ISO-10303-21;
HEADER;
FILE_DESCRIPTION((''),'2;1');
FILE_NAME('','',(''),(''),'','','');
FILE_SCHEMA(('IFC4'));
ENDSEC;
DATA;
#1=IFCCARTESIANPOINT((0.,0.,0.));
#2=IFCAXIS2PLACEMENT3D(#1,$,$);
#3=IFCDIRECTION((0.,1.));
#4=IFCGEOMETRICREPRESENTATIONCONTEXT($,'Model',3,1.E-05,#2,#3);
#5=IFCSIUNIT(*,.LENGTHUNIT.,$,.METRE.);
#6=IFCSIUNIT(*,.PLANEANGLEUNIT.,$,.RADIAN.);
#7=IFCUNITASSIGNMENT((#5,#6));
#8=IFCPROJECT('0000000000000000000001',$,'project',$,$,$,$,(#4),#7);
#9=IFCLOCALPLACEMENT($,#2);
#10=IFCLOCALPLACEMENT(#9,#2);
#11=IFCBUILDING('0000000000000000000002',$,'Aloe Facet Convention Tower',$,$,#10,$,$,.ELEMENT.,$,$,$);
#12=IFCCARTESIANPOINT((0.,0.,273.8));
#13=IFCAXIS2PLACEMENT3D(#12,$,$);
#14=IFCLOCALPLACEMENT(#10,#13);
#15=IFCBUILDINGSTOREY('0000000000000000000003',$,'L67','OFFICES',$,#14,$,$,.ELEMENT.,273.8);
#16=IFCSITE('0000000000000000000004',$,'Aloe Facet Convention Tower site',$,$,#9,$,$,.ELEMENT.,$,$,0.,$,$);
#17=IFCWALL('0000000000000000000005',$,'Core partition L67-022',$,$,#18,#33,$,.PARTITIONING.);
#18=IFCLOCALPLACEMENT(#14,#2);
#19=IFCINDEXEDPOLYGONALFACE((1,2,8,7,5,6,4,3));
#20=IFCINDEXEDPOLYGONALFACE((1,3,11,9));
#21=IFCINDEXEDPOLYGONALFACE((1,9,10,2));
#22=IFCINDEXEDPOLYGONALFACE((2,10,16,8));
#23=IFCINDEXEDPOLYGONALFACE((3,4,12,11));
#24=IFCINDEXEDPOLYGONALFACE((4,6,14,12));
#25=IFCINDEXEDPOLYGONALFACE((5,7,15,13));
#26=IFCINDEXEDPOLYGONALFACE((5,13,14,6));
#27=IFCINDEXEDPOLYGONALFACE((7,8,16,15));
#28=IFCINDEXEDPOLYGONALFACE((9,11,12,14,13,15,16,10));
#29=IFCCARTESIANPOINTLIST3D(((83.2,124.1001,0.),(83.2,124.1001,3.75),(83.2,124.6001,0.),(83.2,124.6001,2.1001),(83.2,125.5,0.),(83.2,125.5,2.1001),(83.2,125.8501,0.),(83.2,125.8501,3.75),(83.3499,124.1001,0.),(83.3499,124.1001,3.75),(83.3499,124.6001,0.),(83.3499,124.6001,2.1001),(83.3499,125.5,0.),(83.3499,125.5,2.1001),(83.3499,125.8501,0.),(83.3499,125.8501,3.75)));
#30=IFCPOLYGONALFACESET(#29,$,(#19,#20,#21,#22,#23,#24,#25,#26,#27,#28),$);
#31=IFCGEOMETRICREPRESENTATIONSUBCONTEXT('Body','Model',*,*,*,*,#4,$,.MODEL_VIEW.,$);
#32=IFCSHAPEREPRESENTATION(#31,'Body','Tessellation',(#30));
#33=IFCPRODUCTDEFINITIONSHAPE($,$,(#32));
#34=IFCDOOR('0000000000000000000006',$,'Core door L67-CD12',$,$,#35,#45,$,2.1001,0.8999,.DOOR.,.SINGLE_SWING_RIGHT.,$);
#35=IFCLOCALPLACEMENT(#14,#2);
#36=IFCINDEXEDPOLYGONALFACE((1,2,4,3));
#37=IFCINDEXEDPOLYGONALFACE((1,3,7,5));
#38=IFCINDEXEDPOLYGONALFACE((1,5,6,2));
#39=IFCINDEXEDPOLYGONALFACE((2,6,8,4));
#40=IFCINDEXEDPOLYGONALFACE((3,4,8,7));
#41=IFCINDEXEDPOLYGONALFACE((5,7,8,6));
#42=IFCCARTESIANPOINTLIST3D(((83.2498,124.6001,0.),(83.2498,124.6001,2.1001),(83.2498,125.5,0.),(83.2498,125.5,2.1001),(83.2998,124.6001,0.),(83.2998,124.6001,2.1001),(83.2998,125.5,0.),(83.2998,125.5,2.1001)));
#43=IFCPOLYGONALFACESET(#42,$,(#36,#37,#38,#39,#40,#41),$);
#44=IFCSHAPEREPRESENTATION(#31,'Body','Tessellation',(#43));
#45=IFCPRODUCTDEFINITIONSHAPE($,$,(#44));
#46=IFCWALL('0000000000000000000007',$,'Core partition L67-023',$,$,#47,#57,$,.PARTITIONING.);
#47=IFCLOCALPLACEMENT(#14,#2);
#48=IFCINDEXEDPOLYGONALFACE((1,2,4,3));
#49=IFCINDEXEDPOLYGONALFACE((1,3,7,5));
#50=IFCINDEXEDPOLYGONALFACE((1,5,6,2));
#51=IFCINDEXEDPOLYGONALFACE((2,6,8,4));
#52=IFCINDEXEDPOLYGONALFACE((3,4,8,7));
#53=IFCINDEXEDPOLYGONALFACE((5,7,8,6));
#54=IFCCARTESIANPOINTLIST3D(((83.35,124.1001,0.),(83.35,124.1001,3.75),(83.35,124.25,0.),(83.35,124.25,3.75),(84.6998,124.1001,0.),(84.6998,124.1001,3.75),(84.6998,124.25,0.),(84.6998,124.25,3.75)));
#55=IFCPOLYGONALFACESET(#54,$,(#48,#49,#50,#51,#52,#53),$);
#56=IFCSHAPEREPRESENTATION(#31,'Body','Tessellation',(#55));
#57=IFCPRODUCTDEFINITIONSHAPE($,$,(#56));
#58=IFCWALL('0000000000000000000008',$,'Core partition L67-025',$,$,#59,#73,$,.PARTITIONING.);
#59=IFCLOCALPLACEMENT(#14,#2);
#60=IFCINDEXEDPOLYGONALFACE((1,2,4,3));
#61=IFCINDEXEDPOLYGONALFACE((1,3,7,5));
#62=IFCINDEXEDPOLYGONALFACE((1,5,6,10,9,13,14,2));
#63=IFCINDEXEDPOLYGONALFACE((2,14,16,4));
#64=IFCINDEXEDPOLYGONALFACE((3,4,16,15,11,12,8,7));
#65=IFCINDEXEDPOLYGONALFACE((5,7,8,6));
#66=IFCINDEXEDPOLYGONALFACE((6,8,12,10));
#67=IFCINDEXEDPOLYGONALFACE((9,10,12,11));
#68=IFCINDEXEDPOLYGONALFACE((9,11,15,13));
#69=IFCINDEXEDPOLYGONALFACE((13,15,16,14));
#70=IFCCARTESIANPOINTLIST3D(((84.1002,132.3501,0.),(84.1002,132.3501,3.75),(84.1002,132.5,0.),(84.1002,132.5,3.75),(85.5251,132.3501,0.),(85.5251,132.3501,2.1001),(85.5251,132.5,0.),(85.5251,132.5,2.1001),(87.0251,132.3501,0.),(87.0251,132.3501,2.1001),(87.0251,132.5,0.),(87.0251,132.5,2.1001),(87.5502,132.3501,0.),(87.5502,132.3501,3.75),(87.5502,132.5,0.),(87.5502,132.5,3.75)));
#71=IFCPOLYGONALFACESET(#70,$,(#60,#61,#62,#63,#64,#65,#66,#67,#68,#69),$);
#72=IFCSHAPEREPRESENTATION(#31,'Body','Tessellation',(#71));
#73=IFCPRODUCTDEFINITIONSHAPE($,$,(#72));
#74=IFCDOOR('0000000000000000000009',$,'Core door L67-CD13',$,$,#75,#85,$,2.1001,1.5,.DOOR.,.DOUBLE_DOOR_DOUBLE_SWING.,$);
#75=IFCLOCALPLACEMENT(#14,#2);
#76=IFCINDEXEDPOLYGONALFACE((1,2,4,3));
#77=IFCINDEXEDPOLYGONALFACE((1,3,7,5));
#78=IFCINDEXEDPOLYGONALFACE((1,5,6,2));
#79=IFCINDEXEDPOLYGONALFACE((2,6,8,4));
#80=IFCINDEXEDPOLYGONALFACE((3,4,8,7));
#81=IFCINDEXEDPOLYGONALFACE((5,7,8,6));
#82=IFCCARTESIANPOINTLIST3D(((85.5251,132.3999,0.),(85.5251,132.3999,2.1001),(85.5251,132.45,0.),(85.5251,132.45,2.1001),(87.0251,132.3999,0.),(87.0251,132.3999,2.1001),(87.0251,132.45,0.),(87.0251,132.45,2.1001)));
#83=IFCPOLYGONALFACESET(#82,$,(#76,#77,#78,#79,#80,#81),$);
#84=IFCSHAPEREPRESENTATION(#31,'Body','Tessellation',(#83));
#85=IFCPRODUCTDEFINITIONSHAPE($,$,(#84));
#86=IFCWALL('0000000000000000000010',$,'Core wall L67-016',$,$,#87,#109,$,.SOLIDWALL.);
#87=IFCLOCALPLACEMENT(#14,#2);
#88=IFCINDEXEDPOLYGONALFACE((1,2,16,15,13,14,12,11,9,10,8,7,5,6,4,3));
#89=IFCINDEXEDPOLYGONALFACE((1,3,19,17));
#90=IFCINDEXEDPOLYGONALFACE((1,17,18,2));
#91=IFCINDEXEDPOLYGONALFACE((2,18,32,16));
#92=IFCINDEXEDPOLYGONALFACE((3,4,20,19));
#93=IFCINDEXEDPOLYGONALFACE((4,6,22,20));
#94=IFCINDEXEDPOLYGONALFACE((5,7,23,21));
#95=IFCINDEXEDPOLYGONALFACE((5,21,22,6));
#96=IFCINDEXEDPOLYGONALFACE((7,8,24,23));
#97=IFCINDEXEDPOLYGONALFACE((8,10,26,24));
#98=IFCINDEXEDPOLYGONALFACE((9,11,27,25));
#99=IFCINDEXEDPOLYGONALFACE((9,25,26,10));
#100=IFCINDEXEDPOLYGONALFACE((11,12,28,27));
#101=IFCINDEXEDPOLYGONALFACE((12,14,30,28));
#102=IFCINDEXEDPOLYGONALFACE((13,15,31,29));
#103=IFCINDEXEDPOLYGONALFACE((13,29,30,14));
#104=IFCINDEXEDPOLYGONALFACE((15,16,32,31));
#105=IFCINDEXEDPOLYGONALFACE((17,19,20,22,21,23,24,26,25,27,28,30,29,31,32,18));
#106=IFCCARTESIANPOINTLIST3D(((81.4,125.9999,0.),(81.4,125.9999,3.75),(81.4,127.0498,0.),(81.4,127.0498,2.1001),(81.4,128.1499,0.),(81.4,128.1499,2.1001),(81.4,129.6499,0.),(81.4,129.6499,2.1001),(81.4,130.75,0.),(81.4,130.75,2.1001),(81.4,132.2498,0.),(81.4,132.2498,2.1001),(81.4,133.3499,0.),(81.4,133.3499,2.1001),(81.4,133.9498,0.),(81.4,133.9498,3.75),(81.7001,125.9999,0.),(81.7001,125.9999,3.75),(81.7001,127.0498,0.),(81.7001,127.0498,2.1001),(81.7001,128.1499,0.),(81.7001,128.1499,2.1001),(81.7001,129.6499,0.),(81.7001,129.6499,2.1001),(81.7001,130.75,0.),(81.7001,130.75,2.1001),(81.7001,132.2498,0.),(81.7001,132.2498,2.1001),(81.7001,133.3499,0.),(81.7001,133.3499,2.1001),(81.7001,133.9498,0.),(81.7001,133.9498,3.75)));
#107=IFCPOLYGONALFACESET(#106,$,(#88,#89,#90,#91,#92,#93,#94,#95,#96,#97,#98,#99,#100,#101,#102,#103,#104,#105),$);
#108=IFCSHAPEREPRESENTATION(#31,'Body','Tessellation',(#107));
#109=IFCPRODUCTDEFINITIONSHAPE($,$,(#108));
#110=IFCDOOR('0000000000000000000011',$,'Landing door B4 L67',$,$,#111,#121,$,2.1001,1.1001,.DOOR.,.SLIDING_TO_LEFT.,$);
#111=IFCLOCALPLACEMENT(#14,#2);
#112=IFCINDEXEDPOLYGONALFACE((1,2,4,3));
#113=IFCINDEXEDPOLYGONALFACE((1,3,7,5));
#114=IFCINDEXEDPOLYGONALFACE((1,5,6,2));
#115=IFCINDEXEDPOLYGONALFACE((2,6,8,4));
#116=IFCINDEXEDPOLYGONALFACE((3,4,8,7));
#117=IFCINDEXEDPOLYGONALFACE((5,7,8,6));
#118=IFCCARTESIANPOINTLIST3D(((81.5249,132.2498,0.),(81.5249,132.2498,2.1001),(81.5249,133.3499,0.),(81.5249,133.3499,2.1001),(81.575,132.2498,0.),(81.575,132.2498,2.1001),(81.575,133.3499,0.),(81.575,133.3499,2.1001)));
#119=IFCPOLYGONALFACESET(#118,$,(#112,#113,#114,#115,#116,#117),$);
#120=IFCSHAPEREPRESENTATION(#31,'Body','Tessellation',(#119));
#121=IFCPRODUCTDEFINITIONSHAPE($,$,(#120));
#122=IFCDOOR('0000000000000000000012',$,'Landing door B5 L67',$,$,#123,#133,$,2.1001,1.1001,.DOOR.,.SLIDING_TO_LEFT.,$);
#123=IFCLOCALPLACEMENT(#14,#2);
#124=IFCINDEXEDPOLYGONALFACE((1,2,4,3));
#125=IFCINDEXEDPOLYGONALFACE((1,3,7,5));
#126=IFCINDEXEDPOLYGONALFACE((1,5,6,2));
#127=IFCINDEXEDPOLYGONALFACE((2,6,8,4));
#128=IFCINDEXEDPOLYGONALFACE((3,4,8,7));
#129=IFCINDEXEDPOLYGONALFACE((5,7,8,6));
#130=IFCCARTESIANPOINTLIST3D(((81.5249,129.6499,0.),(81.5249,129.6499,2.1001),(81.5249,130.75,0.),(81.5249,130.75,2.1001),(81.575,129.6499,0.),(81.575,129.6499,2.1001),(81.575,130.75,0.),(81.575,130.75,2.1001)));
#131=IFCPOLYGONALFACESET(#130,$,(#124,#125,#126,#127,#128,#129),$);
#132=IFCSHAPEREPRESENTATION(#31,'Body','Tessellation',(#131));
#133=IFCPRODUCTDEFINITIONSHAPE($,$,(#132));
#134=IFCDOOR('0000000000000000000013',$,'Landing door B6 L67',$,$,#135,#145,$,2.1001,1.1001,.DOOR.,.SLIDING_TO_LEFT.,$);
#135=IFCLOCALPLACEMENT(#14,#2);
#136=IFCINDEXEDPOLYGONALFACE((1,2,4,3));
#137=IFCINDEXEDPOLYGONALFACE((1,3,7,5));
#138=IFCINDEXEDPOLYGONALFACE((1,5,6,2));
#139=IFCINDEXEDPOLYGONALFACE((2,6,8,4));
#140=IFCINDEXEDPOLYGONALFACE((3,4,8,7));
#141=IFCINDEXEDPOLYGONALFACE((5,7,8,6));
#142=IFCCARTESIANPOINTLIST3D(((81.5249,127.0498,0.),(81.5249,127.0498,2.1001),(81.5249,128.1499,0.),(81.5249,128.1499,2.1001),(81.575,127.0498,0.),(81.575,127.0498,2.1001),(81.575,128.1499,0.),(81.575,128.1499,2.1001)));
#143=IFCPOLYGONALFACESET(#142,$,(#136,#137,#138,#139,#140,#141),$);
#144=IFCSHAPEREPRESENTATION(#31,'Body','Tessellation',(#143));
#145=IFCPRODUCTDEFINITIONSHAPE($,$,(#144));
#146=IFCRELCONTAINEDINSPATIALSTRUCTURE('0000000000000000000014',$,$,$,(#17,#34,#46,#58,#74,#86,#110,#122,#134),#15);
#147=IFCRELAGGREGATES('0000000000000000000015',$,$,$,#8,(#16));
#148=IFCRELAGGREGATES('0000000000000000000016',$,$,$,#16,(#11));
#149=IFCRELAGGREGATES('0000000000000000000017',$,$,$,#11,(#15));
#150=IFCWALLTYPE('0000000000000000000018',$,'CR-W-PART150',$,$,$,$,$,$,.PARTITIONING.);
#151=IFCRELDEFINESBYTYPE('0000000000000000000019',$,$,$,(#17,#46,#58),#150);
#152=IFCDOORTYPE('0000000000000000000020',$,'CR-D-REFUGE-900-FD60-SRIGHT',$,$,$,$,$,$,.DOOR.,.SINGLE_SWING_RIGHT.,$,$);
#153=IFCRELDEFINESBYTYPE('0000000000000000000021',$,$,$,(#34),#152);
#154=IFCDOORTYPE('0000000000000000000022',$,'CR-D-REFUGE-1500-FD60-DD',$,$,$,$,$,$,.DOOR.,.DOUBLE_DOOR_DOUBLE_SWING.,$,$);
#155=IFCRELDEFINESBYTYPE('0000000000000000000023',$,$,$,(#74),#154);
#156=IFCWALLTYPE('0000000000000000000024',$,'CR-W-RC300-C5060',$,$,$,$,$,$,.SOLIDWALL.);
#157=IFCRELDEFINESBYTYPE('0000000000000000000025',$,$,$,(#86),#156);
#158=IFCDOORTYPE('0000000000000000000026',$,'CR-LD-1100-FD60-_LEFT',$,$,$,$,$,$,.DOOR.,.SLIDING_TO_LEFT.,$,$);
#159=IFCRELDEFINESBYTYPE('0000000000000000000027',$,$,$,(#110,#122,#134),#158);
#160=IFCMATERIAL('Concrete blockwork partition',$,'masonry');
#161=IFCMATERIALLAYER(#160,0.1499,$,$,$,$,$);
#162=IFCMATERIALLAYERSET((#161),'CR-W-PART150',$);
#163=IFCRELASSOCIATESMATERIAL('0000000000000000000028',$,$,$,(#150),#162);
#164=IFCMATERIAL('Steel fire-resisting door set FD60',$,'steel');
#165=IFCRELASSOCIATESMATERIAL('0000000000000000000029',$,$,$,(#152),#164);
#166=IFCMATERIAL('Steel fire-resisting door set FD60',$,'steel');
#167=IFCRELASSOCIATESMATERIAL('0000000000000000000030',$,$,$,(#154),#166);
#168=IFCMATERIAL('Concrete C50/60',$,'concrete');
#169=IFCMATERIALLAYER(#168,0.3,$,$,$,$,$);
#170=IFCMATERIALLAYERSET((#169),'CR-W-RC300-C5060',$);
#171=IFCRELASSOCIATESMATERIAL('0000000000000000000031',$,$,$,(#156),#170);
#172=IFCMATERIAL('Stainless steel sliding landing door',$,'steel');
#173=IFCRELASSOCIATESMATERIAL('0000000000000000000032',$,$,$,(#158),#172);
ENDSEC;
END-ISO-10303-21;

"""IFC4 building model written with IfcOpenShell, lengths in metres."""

from ifc_helpers import new_model, si_unit, direction, frame, frame_2d, origin, place, context, subcontext, project, spatial, rectangle, extrude, material, layer, layer_set, type_object, element, fill, save


model = new_model("IFC4")

# Units and contexts
model_context = context("Model", 3, precision=1e-05, world=origin(), true_north=direction((0.0, 1.0)))
body_context = subcontext(model_context, "Body", "Model", "MODEL_VIEW")
ifc_project = project(units=[si_unit("LENGTHUNIT", "METRE"), si_unit("PLANEANGLEUNIT", "RADIAN")], contexts=[model_context])

# Site, building, storey
site_placement = place(None, origin())
site = spatial("IfcSite", under=ifc_project, at=site_placement, Name="Aloe Facet Convention Tower site", CompositionType="ELEMENT", RefElevation=0.0)
building_placement = place(site_placement, origin())
building = spatial("IfcBuilding", under=site, at=building_placement, Name="Aloe Facet Convention Tower", CompositionType="ELEMENT")
storey_placement = place(building_placement, frame((0.0, 0.0, 273.8)))
storey = spatial("IfcBuildingStorey", under=building, at=storey_placement, Name="L67", Description="OFFICES", CompositionType="ELEMENT", Elevation=273.8)

# Wall, opening, door
ifc_material_1 = material(Name="Concrete blockwork partition", Category="masonry")
ifc_layer_1 = layer(ifc_material_1, 0.1499)
ifc_layer_set_1 = layer_set([ifc_layer_1], Name="CR-W-PART150")
wall_type_1 = type_object("IfcWallType", Name="CR-W-PART150", PredefinedType="PARTITIONING", material=ifc_layer_set_1)
wall_1_placement = place(storey_placement, frame((83.2749, 125.8501, 0.0), z_axis=(0.0, 0.0, 1.0), x_axis=(0.0, -1.0, 0.0)))
wall_1 = element("IfcWall", 1, at=wall_1_placement, inside=storey, type_object=wall_type_1, Name="Core partition L67-022", PredefinedType="PARTITIONING", context=body_context, shape_type="SweptSolid", body=[
    extrude(rectangle(XDim=1.75, YDim=0.1499, at=frame_2d((0.875, 0.0))), origin(), (0.0, 0.0, 1.0), 3.75),
])
opening_1_placement = place(wall_1_placement, frame((0.3501, 0.0, 0.0)))
opening_1 = element("IfcOpeningElement", 2, at=opening_1_placement, cuts=wall_1, PredefinedType="OPENING", context=body_context, shape_type="SweptSolid", body=[
    extrude(rectangle(XDim=0.8999, YDim=2.1001, at=frame_2d((0.45, 1.05))), frame((0.0, 0.085, 0.0), z_axis=(0.0, -1.0, 0.0), x_axis=(1.0, 0.0, 0.0)), (0.0, 0.0, 1.0), 0.1699),
])
ifc_material_2 = material(Name="Steel fire-resisting door set FD60", Category="steel")
door_type_1 = type_object("IfcDoorType", Name="CR-D-REFUGE-900-FD60-SRIGHT", OperationType="SINGLE_SWING_RIGHT", PredefinedType="DOOR", material=ifc_material_2)
door_1_placement = place(opening_1_placement, origin())
door_1 = element("IfcDoor", 3, at=door_1_placement, inside=storey, type_object=door_type_1, Name="Core door L67-CD12", OperationType="SINGLE_SWING_RIGHT", OverallHeight=2.1001, OverallWidth=0.8999, PredefinedType="DOOR", context=body_context, shape_type="SweptSolid", body=[
    extrude(rectangle(XDim=0.8999, YDim=2.1001, at=frame_2d((0.45, 1.05))), frame((0.0, 0.0249, 0.0), z_axis=(0.0, -1.0, 0.0), x_axis=(1.0, 0.0, 0.0)), (0.0, 0.0, 1.0), 0.05),
])
fill(opening_1, door_1)

# Wall
wall_2_placement = place(storey_placement, frame((83.3501, 124.175, 0.0), z_axis=(0.0, 0.0, 1.0), x_axis=(1.0, 0.0, 0.0)))
element("IfcWall", 4, at=wall_2_placement, inside=storey, type_object=wall_type_1, Name="Core partition L67-023", PredefinedType="PARTITIONING", context=body_context, shape_type="SweptSolid", body=[
    extrude(rectangle(XDim=1.3499, YDim=0.1499, at=frame_2d((0.6748, 0.0))), origin(), (0.0, 0.0, 1.0), 3.75),
])

# Wall, opening, door
wall_3_placement = place(storey_placement, frame((84.1001, 132.425, 0.0), z_axis=(0.0, 0.0, 1.0), x_axis=(1.0, 0.0, 0.0)))
wall_3 = element("IfcWall", 5, at=wall_3_placement, inside=storey, type_object=wall_type_1, Name="Core partition L67-025", PredefinedType="PARTITIONING", context=body_context, shape_type="SweptSolid", body=[
    extrude(rectangle(XDim=3.45, YDim=0.1499, at=frame_2d((1.7251, 0.0))), origin(), (0.0, 0.0, 1.0), 3.75),
])
opening_2_placement = place(wall_3_placement, frame((1.425, 0.0, 0.0)))
opening_2 = element("IfcOpeningElement", 6, at=opening_2_placement, cuts=wall_3, PredefinedType="OPENING", context=body_context, shape_type="SweptSolid", body=[
    extrude(rectangle(XDim=1.5, YDim=2.1001, at=frame_2d((0.75, 1.05))), frame((0.0, 0.085, 0.0), z_axis=(0.0, -1.0, 0.0), x_axis=(1.0, 0.0, 0.0)), (0.0, 0.0, 1.0), 0.1699),
])
ifc_material_3 = material(Name="Steel fire-resisting door set FD60", Category="steel")
door_type_2 = type_object("IfcDoorType", Name="CR-D-REFUGE-1500-FD60-DD", OperationType="DOUBLE_DOOR_DOUBLE_SWING", PredefinedType="DOOR", material=ifc_material_3)
door_2_placement = place(opening_2_placement, origin())
door_2 = element("IfcDoor", 7, at=door_2_placement, inside=storey, type_object=door_type_2, Name="Core door L67-CD13", OperationType="DOUBLE_DOOR_DOUBLE_SWING", OverallHeight=2.1001, OverallWidth=1.5, PredefinedType="DOOR", context=body_context, shape_type="SweptSolid", body=[
    extrude(rectangle(XDim=1.5, YDim=2.1001, at=frame_2d((0.75, 1.05))), frame((0.0, 0.0249, 0.0), z_axis=(0.0, -1.0, 0.0), x_axis=(1.0, 0.0, 0.0)), (0.0, 0.0, 1.0), 0.05),
])
fill(opening_2, door_2)

# Wall, openings, doors
ifc_material_4 = material(Name="Concrete C50/60", Category="concrete")
ifc_layer_2 = layer(ifc_material_4, 0.3)
ifc_layer_set_2 = layer_set([ifc_layer_2], Name="CR-W-RC300-C5060")
wall_type_2 = type_object("IfcWallType", Name="CR-W-RC300-C5060", PredefinedType="SOLIDWALL", material=ifc_layer_set_2)
wall_4_placement = place(storey_placement, frame((81.55, 133.95, 0.0), z_axis=(0.0, 0.0, 1.0), x_axis=(0.0, -1.0, 0.0)))
wall_4 = element("IfcWall", 8, at=wall_4_placement, inside=storey, type_object=wall_type_2, Name="Core wall L67-016", PredefinedType="SOLIDWALL", context=body_context, shape_type="SweptSolid", body=[
    extrude(rectangle(XDim=7.95, YDim=0.3, at=frame_2d((3.9751, 0.0))), origin(), (0.0, 0.0, 1.0), 3.75),
])
opening_3_placement = place(wall_4_placement, frame((0.6001, 0.0, 0.0)))
opening_3 = element("IfcOpeningElement", 9, at=opening_3_placement, cuts=wall_4, PredefinedType="OPENING", context=body_context, shape_type="SweptSolid", body=[
    extrude(rectangle(XDim=1.1001, YDim=2.1001, at=frame_2d((0.55, 1.05))), frame((0.0, 0.1602, 0.0), z_axis=(0.0, -1.0, 0.0), x_axis=(1.0, 0.0, 0.0)), (0.0, 0.0, 1.0), 0.3201),
])
opening_4_placement = place(wall_4_placement, frame((3.2, 0.0, 0.0)))
opening_4 = element("IfcOpeningElement", 10, at=opening_4_placement, cuts=wall_4, PredefinedType="OPENING", context=body_context, shape_type="SweptSolid", body=[
    extrude(rectangle(XDim=1.1001, YDim=2.1001, at=frame_2d((0.55, 1.05))), frame((0.0, 0.1602, 0.0), z_axis=(0.0, -1.0, 0.0), x_axis=(1.0, 0.0, 0.0)), (0.0, 0.0, 1.0), 0.3201),
])
opening_5_placement = place(wall_4_placement, frame((5.8, 0.0, 0.0)))
opening_5 = element("IfcOpeningElement", 11, at=opening_5_placement, cuts=wall_4, PredefinedType="OPENING", context=body_context, shape_type="SweptSolid", body=[
    extrude(rectangle(XDim=1.1001, YDim=2.1001, at=frame_2d((0.55, 1.05))), frame((0.0, 0.1602, 0.0), z_axis=(0.0, -1.0, 0.0), x_axis=(1.0, 0.0, 0.0)), (0.0, 0.0, 1.0), 0.3201),
])
ifc_material_5 = material(Name="Stainless steel sliding landing door", Category="steel")
door_type_3 = type_object("IfcDoorType", Name="CR-LD-1100-FD60-_LEFT", OperationType="SLIDING_TO_LEFT", PredefinedType="DOOR", material=ifc_material_5)
door_3_placement = place(opening_3_placement, origin())
door_3 = element("IfcDoor", 12, at=door_3_placement, inside=storey, type_object=door_type_3, Name="Landing door B4 L67", OperationType="SLIDING_TO_LEFT", OverallHeight=2.1001, OverallWidth=1.1001, PredefinedType="DOOR", context=body_context, shape_type="SweptSolid", body=[
    extrude(rectangle(XDim=1.1001, YDim=2.1001, at=frame_2d((0.55, 1.05))), frame((0.0, 0.0249, 0.0), z_axis=(0.0, -1.0, 0.0), x_axis=(1.0, 0.0, 0.0)), (0.0, 0.0, 1.0), 0.05),
])
fill(opening_3, door_3)
door_4_placement = place(opening_4_placement, origin())
door_4 = element("IfcDoor", 13, at=door_4_placement, inside=storey, type_object=door_type_3, Name="Landing door B5 L67", OperationType="SLIDING_TO_LEFT", OverallHeight=2.1001, OverallWidth=1.1001, PredefinedType="DOOR", context=body_context, shape_type="SweptSolid", body=[
    extrude(rectangle(XDim=1.1001, YDim=2.1001, at=frame_2d((0.55, 1.05))), frame((0.0, 0.0249, 0.0), z_axis=(0.0, -1.0, 0.0), x_axis=(1.0, 0.0, 0.0)), (0.0, 0.0, 1.0), 0.05),
])
fill(opening_4, door_4)
door_5_placement = place(opening_5_placement, origin())
door_5 = element("IfcDoor", 14, at=door_5_placement, inside=storey, type_object=door_type_3, Name="Landing door B6 L67", OperationType="SLIDING_TO_LEFT", OverallHeight=2.1001, OverallWidth=1.1001, PredefinedType="DOOR", context=body_context, shape_type="SweptSolid", body=[
    extrude(rectangle(XDim=1.1001, YDim=2.1001, at=frame_2d((0.55, 1.05))), frame((0.0, 0.0249, 0.0), z_axis=(0.0, -1.0, 0.0), x_axis=(1.0, 0.0, 0.0)), (0.0, 0.0, 1.0), 0.05),
])
fill(opening_5, door_5)

save(model, "model.ifc")
